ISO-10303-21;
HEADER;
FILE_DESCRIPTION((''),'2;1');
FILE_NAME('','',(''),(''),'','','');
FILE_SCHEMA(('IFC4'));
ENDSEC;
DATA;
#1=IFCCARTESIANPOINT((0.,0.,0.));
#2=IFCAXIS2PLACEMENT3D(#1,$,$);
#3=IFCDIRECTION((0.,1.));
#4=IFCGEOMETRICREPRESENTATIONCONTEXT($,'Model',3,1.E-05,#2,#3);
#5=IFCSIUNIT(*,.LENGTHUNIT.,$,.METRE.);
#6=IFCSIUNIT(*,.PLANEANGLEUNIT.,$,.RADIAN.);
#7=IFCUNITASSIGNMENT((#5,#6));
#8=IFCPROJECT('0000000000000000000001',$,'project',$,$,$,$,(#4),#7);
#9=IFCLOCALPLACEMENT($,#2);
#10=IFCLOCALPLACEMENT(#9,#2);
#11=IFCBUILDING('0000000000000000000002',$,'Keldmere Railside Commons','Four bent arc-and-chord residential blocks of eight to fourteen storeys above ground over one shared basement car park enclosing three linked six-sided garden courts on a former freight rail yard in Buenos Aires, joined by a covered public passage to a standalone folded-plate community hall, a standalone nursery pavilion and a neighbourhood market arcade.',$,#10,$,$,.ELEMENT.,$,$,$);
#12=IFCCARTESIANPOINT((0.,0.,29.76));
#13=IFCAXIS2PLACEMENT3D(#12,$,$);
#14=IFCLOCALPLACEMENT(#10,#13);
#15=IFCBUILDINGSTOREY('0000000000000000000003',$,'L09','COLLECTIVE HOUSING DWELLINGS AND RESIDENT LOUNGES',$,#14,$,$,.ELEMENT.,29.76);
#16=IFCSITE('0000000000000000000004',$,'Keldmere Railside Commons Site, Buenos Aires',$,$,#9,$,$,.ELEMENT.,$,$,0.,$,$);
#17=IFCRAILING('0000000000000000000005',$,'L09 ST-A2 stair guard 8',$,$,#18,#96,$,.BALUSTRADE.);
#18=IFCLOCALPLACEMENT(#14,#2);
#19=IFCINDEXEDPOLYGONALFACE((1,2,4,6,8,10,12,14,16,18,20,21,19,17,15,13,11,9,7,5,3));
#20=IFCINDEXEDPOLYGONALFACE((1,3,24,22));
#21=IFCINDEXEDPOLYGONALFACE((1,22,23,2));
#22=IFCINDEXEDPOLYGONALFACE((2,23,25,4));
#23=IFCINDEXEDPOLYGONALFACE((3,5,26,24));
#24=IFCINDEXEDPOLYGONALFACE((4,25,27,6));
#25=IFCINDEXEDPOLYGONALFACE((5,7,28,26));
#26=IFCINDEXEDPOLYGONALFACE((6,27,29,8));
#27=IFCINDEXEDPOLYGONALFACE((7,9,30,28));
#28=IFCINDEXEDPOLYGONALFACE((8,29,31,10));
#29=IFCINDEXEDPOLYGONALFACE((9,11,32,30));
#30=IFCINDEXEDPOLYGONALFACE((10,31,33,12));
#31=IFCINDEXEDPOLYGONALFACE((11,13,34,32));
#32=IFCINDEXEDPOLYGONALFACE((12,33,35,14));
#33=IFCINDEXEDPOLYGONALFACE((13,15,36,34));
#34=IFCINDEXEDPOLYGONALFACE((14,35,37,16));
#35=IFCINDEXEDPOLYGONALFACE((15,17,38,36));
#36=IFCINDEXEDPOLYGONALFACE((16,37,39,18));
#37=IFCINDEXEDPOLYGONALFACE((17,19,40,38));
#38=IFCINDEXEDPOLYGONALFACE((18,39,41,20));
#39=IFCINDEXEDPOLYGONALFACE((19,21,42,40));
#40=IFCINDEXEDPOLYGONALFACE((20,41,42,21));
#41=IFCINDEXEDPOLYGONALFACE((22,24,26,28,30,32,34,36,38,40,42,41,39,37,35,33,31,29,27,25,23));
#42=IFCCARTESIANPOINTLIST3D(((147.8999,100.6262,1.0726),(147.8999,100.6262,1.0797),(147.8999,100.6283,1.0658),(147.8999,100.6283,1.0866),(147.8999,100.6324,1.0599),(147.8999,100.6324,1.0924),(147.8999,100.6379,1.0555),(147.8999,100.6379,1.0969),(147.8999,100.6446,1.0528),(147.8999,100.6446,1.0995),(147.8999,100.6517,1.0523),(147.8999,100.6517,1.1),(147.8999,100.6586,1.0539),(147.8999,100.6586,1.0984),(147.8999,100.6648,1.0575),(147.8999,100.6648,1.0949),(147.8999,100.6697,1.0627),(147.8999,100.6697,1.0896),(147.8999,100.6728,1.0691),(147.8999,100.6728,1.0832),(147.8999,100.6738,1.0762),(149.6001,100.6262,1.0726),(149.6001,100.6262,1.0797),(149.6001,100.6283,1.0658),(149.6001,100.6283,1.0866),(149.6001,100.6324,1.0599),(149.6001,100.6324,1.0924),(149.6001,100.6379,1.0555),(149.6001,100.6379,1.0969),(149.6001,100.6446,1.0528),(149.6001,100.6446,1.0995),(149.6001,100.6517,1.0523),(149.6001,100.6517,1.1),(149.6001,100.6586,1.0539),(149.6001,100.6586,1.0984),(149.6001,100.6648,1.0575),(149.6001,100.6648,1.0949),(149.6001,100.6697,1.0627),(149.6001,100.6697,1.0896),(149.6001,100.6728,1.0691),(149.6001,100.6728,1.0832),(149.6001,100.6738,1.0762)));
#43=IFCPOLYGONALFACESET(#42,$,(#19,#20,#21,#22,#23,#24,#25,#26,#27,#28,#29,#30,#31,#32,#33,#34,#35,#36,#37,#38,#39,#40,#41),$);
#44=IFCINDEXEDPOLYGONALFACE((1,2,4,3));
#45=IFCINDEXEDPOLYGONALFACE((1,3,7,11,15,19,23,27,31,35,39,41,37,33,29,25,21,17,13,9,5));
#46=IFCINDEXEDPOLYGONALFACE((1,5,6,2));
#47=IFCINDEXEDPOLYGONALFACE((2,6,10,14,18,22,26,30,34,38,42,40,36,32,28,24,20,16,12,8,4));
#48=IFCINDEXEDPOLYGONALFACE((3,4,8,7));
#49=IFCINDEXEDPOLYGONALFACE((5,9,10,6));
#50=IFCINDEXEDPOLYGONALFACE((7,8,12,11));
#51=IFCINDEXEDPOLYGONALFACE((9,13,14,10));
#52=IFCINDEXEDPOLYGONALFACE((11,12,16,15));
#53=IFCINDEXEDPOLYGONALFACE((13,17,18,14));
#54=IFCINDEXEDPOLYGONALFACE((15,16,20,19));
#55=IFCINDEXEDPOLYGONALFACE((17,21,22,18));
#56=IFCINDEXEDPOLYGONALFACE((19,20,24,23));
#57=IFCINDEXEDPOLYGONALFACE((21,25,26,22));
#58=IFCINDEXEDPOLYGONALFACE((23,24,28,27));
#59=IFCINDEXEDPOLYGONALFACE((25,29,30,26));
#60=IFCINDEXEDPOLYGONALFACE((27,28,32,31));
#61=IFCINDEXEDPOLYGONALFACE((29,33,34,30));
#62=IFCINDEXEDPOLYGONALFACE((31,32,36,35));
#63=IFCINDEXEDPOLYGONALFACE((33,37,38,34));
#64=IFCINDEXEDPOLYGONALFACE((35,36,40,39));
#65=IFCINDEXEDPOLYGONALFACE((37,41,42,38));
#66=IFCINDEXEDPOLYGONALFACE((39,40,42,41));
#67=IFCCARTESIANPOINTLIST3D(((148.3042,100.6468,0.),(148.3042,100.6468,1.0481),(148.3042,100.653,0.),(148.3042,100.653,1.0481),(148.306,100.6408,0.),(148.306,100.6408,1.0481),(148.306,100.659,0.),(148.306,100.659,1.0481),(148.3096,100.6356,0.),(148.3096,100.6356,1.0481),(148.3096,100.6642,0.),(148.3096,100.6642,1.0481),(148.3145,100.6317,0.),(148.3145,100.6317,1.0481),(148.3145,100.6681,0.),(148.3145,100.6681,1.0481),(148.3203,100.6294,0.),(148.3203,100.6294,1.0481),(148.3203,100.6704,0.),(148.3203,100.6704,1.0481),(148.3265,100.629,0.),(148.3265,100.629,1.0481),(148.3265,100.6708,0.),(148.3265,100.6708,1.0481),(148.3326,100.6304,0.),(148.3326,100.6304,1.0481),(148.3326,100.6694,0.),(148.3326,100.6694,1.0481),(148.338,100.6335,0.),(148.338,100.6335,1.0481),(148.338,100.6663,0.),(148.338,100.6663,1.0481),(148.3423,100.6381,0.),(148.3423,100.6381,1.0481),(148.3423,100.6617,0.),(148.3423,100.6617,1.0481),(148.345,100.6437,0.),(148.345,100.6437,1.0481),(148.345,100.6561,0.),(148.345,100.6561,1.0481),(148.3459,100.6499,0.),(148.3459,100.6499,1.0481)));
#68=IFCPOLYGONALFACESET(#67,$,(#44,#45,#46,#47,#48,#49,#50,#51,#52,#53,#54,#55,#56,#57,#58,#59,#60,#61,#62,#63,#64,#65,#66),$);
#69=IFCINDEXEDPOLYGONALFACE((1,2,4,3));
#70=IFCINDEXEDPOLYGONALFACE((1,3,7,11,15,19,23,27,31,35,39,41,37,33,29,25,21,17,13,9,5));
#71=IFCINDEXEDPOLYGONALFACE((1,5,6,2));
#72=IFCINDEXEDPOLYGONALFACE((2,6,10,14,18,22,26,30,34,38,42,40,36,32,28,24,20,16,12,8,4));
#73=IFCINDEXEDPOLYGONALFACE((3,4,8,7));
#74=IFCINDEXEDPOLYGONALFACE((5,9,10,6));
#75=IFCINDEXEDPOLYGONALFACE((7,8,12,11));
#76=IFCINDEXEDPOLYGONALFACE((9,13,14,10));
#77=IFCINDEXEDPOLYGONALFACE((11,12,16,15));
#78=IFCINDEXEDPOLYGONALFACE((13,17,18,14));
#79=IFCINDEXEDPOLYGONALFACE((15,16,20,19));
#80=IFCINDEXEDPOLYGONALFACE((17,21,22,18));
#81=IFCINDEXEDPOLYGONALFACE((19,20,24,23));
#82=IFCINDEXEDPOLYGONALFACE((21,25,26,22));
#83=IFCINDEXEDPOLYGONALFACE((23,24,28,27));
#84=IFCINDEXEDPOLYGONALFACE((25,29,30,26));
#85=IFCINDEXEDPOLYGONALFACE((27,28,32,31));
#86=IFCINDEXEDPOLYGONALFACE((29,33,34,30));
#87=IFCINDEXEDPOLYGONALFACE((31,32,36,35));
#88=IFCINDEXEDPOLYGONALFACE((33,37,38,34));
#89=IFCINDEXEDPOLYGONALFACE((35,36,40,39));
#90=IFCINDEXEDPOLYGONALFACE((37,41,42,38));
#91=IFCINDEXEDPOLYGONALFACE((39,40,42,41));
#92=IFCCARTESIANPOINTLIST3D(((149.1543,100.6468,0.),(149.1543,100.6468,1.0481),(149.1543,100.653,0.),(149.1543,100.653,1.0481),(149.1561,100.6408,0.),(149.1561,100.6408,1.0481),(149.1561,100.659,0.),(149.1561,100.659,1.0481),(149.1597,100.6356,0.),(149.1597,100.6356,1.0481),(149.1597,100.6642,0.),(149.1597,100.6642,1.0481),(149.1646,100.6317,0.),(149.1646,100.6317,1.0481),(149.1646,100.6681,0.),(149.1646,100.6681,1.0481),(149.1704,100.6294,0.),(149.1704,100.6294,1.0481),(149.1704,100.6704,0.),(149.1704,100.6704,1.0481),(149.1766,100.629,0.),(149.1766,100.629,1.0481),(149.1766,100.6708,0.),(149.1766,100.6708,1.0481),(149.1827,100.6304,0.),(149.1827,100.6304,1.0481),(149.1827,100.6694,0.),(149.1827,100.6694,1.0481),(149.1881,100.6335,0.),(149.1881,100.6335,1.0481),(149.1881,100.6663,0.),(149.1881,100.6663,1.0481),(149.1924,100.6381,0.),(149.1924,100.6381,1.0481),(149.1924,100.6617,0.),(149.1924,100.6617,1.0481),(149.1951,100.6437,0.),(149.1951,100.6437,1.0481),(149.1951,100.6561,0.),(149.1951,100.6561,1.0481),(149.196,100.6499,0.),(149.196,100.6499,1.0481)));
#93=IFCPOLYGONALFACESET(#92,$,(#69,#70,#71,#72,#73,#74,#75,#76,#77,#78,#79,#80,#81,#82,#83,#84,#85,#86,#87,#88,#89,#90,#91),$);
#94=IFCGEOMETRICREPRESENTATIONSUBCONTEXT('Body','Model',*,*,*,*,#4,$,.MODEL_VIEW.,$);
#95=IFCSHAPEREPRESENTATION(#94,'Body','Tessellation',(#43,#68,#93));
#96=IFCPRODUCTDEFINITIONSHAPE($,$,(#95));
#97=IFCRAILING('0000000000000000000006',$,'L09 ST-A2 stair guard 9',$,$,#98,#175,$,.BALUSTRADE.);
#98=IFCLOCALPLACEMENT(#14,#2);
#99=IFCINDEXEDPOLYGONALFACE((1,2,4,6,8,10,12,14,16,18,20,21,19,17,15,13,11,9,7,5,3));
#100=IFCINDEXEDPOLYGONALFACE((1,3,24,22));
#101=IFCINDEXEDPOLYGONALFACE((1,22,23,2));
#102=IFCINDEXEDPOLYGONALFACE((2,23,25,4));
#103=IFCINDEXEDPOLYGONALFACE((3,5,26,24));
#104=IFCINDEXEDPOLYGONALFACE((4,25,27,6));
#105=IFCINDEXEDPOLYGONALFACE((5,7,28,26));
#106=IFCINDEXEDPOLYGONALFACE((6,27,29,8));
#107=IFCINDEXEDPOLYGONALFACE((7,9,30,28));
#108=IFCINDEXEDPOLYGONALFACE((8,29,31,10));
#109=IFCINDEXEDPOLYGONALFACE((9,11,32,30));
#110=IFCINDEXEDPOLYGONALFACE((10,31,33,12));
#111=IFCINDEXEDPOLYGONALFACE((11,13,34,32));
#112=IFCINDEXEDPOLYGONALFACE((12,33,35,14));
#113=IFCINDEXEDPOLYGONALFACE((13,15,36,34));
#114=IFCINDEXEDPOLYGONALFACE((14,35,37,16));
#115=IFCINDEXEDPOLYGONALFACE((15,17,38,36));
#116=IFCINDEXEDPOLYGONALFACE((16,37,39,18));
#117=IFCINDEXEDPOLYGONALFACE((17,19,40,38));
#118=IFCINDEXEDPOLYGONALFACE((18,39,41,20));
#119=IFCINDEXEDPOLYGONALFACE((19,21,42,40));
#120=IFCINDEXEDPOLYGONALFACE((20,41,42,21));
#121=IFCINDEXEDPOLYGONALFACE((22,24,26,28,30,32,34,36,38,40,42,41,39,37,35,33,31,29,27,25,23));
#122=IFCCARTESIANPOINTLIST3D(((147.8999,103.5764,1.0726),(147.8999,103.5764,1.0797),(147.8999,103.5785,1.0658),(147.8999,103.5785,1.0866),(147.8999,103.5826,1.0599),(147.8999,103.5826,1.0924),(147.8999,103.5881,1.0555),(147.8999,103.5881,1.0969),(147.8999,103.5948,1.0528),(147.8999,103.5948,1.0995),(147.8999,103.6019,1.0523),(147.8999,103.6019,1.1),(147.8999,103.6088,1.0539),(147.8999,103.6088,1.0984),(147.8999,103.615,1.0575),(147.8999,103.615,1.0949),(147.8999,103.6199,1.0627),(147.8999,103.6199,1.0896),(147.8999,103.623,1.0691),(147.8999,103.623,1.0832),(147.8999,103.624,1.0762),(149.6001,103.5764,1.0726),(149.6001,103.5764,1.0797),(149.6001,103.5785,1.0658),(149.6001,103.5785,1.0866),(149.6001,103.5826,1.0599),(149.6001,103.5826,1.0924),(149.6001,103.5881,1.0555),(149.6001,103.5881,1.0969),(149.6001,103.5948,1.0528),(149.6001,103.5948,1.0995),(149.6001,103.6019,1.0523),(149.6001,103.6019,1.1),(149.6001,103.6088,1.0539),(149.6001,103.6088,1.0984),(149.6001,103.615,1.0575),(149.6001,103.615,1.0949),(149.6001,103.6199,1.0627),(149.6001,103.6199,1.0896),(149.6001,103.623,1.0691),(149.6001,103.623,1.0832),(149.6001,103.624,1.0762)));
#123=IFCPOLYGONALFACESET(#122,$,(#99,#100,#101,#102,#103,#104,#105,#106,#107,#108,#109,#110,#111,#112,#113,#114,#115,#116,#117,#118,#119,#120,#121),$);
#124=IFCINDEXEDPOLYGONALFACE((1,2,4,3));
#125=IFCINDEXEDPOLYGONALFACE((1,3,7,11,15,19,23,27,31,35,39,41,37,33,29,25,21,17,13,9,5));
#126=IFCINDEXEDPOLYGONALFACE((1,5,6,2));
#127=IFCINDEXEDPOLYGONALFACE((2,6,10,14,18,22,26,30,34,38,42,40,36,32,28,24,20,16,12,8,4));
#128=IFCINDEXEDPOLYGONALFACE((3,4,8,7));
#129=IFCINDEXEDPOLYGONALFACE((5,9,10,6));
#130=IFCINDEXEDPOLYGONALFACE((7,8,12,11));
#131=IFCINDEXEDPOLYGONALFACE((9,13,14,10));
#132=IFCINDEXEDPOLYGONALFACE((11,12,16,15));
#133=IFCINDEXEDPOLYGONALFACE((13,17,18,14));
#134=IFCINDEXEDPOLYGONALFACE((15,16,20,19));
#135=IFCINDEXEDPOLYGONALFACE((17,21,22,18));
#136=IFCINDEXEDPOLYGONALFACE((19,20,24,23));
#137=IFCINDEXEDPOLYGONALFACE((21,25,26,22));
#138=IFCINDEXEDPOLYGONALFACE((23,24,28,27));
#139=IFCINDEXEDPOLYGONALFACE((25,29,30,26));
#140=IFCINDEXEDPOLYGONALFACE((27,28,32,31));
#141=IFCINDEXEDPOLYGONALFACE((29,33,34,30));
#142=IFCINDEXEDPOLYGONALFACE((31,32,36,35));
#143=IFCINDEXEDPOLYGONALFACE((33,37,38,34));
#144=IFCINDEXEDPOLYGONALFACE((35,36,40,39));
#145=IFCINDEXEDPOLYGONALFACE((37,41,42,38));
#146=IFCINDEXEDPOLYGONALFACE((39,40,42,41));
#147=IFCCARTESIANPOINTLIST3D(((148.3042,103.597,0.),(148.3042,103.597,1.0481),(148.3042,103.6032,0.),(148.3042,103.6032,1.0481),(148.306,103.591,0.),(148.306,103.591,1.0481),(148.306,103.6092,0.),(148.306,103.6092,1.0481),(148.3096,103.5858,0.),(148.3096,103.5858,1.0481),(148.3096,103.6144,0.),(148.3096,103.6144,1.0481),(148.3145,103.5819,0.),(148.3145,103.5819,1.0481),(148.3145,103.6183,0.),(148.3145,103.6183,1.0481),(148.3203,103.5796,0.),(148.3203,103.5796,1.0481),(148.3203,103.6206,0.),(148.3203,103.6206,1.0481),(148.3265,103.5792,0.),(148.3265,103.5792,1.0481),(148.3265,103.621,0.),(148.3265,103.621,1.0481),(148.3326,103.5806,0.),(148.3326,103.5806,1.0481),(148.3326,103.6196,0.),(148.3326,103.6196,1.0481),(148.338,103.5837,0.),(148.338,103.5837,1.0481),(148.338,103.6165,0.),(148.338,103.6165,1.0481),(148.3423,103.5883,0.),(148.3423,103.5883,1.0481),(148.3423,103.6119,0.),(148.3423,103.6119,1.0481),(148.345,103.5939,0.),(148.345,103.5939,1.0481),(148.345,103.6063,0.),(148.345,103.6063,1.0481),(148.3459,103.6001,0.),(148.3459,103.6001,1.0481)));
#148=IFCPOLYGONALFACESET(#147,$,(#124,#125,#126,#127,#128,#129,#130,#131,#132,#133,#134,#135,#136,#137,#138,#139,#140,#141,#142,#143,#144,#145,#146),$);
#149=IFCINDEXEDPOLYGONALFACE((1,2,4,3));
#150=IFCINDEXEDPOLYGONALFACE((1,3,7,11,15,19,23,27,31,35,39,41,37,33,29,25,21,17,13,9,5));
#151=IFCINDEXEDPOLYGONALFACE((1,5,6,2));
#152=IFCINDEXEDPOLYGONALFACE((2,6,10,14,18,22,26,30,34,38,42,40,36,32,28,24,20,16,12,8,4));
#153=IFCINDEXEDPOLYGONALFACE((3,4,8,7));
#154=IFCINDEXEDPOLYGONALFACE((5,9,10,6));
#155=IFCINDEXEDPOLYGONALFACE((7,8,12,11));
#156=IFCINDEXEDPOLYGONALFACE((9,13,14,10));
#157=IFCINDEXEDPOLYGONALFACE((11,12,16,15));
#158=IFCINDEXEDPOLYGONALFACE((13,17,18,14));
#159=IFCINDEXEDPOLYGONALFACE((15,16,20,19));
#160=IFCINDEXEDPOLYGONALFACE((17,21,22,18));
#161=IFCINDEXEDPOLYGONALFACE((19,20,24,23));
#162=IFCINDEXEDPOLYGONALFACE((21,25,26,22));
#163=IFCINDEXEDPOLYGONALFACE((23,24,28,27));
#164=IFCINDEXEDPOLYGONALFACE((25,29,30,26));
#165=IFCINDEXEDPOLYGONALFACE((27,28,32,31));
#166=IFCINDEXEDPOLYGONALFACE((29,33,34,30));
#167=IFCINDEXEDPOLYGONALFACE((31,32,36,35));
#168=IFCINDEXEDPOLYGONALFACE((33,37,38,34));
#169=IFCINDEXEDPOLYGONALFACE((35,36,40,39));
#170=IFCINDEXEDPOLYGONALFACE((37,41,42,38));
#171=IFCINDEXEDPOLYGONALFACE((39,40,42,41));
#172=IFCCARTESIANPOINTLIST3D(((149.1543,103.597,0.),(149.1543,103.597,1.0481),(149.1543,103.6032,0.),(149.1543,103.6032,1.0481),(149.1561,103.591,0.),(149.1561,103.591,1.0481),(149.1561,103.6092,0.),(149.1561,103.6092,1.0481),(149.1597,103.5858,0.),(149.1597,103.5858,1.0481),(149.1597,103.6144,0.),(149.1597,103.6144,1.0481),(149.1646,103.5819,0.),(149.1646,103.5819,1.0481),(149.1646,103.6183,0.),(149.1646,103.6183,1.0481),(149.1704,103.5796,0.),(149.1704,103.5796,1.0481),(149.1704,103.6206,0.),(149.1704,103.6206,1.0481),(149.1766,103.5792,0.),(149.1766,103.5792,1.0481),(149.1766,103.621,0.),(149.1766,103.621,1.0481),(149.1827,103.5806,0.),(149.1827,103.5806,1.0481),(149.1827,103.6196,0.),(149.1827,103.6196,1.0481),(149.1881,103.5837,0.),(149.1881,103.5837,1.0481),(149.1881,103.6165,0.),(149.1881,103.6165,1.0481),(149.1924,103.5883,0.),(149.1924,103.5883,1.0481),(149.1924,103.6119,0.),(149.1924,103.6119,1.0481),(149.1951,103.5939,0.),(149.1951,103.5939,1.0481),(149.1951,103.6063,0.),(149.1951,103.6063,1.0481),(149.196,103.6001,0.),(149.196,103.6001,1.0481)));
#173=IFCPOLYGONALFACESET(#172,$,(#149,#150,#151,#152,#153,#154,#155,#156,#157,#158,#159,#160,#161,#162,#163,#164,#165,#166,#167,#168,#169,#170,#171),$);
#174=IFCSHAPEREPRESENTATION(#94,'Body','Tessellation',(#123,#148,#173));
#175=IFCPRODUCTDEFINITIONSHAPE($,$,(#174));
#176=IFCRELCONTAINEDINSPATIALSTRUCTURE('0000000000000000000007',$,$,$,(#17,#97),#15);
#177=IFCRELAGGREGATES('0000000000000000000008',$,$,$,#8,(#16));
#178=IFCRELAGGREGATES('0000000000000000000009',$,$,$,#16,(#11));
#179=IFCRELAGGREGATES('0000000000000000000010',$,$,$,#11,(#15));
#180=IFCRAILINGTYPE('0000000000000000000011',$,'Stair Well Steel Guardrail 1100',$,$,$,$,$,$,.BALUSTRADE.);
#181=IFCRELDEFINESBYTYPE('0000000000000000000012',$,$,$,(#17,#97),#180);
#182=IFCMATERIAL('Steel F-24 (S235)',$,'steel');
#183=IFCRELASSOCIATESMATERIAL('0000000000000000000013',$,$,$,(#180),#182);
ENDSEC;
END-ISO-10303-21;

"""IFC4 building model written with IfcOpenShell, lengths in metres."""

from ifc_helpers import new_model, si_unit, direction, frame, origin, origin_2d, place, context, subcontext, project, spatial, circle, extrude, material, type_object, element, save


model = new_model("IFC4")

# Units and contexts
model_context = context("Model", 3, precision=1e-05, world=origin(), true_north=direction((0.0, 1.0)))
body_context = subcontext(model_context, "Body", "Model", "MODEL_VIEW")
ifc_project = project(units=[si_unit("LENGTHUNIT", "METRE"), si_unit("PLANEANGLEUNIT", "RADIAN")], contexts=[model_context])

# Site, building, storey
site_placement = place(None, origin())
site = spatial("IfcSite", under=ifc_project, at=site_placement, Name="Keldmere Railside Commons Site, Buenos Aires", CompositionType="ELEMENT", RefElevation=0.0)
building_placement = place(site_placement, origin())
building = spatial("IfcBuilding", under=site, at=building_placement, Name="Keldmere Railside Commons", Description="Four bent arc-and-chord residential blocks of eight to fourteen storeys above ground over one shared basement car park enclosing three linked six-sided garden courts on a former freight rail yard in Buenos Aires, joined by a covered public passage to a standalone folded-plate community hall, a standalone nursery pavilion and a neighbourhood market arcade.", CompositionType="ELEMENT")
storey_placement = place(building_placement, frame((0.0, 0.0, 29.76)))
storey = spatial("IfcBuildingStorey", under=building, at=storey_placement, Name="L09", Description="COLLECTIVE HOUSING DWELLINGS AND RESIDENT LOUNGES", CompositionType="ELEMENT", Elevation=29.76)

# Railings
ifc_material_1 = material(Name="Steel F-24 (S235)", Category="steel")
railing_type_1 = type_object("IfcRailingType", Name="Stair Well Steel Guardrail 1100", PredefinedType="BALUSTRADE", material=ifc_material_1)
for number, where, name in (
    (1, (147.8999, 100.6499, 0.0), "L09 ST-A2 stair guard 8"),
    (2, (147.8999, 103.6001, 0.0), "L09 ST-A2 stair guard 9"),
):
    element("IfcRailing", number, at=place(storey_placement, frame(where)), inside=storey, type_object=railing_type_1, Name=name, PredefinedType="BALUSTRADE", context=body_context, shape_type="SweptSolid", body=[
        extrude(circle(Radius=0.0239, at=origin_2d()), frame((0.0, 0.0, 1.0762), z_axis=(1.0, 0.0, 0.0), x_axis=(0.0, 1.0, 0.0)), (0.0, 0.0, 1.0), 1.7002),
        extrude(circle(Radius=0.021, at=origin_2d()), frame((0.425, 0.0, 0.0)), (0.0, 0.0, 1.0), 1.0481),
        extrude(circle(Radius=0.021, at=origin_2d()), frame((1.2751, 0.0, 0.0)), (0.0, 0.0, 1.0), 1.0481),
    ])

save(model, "model.ifc")
